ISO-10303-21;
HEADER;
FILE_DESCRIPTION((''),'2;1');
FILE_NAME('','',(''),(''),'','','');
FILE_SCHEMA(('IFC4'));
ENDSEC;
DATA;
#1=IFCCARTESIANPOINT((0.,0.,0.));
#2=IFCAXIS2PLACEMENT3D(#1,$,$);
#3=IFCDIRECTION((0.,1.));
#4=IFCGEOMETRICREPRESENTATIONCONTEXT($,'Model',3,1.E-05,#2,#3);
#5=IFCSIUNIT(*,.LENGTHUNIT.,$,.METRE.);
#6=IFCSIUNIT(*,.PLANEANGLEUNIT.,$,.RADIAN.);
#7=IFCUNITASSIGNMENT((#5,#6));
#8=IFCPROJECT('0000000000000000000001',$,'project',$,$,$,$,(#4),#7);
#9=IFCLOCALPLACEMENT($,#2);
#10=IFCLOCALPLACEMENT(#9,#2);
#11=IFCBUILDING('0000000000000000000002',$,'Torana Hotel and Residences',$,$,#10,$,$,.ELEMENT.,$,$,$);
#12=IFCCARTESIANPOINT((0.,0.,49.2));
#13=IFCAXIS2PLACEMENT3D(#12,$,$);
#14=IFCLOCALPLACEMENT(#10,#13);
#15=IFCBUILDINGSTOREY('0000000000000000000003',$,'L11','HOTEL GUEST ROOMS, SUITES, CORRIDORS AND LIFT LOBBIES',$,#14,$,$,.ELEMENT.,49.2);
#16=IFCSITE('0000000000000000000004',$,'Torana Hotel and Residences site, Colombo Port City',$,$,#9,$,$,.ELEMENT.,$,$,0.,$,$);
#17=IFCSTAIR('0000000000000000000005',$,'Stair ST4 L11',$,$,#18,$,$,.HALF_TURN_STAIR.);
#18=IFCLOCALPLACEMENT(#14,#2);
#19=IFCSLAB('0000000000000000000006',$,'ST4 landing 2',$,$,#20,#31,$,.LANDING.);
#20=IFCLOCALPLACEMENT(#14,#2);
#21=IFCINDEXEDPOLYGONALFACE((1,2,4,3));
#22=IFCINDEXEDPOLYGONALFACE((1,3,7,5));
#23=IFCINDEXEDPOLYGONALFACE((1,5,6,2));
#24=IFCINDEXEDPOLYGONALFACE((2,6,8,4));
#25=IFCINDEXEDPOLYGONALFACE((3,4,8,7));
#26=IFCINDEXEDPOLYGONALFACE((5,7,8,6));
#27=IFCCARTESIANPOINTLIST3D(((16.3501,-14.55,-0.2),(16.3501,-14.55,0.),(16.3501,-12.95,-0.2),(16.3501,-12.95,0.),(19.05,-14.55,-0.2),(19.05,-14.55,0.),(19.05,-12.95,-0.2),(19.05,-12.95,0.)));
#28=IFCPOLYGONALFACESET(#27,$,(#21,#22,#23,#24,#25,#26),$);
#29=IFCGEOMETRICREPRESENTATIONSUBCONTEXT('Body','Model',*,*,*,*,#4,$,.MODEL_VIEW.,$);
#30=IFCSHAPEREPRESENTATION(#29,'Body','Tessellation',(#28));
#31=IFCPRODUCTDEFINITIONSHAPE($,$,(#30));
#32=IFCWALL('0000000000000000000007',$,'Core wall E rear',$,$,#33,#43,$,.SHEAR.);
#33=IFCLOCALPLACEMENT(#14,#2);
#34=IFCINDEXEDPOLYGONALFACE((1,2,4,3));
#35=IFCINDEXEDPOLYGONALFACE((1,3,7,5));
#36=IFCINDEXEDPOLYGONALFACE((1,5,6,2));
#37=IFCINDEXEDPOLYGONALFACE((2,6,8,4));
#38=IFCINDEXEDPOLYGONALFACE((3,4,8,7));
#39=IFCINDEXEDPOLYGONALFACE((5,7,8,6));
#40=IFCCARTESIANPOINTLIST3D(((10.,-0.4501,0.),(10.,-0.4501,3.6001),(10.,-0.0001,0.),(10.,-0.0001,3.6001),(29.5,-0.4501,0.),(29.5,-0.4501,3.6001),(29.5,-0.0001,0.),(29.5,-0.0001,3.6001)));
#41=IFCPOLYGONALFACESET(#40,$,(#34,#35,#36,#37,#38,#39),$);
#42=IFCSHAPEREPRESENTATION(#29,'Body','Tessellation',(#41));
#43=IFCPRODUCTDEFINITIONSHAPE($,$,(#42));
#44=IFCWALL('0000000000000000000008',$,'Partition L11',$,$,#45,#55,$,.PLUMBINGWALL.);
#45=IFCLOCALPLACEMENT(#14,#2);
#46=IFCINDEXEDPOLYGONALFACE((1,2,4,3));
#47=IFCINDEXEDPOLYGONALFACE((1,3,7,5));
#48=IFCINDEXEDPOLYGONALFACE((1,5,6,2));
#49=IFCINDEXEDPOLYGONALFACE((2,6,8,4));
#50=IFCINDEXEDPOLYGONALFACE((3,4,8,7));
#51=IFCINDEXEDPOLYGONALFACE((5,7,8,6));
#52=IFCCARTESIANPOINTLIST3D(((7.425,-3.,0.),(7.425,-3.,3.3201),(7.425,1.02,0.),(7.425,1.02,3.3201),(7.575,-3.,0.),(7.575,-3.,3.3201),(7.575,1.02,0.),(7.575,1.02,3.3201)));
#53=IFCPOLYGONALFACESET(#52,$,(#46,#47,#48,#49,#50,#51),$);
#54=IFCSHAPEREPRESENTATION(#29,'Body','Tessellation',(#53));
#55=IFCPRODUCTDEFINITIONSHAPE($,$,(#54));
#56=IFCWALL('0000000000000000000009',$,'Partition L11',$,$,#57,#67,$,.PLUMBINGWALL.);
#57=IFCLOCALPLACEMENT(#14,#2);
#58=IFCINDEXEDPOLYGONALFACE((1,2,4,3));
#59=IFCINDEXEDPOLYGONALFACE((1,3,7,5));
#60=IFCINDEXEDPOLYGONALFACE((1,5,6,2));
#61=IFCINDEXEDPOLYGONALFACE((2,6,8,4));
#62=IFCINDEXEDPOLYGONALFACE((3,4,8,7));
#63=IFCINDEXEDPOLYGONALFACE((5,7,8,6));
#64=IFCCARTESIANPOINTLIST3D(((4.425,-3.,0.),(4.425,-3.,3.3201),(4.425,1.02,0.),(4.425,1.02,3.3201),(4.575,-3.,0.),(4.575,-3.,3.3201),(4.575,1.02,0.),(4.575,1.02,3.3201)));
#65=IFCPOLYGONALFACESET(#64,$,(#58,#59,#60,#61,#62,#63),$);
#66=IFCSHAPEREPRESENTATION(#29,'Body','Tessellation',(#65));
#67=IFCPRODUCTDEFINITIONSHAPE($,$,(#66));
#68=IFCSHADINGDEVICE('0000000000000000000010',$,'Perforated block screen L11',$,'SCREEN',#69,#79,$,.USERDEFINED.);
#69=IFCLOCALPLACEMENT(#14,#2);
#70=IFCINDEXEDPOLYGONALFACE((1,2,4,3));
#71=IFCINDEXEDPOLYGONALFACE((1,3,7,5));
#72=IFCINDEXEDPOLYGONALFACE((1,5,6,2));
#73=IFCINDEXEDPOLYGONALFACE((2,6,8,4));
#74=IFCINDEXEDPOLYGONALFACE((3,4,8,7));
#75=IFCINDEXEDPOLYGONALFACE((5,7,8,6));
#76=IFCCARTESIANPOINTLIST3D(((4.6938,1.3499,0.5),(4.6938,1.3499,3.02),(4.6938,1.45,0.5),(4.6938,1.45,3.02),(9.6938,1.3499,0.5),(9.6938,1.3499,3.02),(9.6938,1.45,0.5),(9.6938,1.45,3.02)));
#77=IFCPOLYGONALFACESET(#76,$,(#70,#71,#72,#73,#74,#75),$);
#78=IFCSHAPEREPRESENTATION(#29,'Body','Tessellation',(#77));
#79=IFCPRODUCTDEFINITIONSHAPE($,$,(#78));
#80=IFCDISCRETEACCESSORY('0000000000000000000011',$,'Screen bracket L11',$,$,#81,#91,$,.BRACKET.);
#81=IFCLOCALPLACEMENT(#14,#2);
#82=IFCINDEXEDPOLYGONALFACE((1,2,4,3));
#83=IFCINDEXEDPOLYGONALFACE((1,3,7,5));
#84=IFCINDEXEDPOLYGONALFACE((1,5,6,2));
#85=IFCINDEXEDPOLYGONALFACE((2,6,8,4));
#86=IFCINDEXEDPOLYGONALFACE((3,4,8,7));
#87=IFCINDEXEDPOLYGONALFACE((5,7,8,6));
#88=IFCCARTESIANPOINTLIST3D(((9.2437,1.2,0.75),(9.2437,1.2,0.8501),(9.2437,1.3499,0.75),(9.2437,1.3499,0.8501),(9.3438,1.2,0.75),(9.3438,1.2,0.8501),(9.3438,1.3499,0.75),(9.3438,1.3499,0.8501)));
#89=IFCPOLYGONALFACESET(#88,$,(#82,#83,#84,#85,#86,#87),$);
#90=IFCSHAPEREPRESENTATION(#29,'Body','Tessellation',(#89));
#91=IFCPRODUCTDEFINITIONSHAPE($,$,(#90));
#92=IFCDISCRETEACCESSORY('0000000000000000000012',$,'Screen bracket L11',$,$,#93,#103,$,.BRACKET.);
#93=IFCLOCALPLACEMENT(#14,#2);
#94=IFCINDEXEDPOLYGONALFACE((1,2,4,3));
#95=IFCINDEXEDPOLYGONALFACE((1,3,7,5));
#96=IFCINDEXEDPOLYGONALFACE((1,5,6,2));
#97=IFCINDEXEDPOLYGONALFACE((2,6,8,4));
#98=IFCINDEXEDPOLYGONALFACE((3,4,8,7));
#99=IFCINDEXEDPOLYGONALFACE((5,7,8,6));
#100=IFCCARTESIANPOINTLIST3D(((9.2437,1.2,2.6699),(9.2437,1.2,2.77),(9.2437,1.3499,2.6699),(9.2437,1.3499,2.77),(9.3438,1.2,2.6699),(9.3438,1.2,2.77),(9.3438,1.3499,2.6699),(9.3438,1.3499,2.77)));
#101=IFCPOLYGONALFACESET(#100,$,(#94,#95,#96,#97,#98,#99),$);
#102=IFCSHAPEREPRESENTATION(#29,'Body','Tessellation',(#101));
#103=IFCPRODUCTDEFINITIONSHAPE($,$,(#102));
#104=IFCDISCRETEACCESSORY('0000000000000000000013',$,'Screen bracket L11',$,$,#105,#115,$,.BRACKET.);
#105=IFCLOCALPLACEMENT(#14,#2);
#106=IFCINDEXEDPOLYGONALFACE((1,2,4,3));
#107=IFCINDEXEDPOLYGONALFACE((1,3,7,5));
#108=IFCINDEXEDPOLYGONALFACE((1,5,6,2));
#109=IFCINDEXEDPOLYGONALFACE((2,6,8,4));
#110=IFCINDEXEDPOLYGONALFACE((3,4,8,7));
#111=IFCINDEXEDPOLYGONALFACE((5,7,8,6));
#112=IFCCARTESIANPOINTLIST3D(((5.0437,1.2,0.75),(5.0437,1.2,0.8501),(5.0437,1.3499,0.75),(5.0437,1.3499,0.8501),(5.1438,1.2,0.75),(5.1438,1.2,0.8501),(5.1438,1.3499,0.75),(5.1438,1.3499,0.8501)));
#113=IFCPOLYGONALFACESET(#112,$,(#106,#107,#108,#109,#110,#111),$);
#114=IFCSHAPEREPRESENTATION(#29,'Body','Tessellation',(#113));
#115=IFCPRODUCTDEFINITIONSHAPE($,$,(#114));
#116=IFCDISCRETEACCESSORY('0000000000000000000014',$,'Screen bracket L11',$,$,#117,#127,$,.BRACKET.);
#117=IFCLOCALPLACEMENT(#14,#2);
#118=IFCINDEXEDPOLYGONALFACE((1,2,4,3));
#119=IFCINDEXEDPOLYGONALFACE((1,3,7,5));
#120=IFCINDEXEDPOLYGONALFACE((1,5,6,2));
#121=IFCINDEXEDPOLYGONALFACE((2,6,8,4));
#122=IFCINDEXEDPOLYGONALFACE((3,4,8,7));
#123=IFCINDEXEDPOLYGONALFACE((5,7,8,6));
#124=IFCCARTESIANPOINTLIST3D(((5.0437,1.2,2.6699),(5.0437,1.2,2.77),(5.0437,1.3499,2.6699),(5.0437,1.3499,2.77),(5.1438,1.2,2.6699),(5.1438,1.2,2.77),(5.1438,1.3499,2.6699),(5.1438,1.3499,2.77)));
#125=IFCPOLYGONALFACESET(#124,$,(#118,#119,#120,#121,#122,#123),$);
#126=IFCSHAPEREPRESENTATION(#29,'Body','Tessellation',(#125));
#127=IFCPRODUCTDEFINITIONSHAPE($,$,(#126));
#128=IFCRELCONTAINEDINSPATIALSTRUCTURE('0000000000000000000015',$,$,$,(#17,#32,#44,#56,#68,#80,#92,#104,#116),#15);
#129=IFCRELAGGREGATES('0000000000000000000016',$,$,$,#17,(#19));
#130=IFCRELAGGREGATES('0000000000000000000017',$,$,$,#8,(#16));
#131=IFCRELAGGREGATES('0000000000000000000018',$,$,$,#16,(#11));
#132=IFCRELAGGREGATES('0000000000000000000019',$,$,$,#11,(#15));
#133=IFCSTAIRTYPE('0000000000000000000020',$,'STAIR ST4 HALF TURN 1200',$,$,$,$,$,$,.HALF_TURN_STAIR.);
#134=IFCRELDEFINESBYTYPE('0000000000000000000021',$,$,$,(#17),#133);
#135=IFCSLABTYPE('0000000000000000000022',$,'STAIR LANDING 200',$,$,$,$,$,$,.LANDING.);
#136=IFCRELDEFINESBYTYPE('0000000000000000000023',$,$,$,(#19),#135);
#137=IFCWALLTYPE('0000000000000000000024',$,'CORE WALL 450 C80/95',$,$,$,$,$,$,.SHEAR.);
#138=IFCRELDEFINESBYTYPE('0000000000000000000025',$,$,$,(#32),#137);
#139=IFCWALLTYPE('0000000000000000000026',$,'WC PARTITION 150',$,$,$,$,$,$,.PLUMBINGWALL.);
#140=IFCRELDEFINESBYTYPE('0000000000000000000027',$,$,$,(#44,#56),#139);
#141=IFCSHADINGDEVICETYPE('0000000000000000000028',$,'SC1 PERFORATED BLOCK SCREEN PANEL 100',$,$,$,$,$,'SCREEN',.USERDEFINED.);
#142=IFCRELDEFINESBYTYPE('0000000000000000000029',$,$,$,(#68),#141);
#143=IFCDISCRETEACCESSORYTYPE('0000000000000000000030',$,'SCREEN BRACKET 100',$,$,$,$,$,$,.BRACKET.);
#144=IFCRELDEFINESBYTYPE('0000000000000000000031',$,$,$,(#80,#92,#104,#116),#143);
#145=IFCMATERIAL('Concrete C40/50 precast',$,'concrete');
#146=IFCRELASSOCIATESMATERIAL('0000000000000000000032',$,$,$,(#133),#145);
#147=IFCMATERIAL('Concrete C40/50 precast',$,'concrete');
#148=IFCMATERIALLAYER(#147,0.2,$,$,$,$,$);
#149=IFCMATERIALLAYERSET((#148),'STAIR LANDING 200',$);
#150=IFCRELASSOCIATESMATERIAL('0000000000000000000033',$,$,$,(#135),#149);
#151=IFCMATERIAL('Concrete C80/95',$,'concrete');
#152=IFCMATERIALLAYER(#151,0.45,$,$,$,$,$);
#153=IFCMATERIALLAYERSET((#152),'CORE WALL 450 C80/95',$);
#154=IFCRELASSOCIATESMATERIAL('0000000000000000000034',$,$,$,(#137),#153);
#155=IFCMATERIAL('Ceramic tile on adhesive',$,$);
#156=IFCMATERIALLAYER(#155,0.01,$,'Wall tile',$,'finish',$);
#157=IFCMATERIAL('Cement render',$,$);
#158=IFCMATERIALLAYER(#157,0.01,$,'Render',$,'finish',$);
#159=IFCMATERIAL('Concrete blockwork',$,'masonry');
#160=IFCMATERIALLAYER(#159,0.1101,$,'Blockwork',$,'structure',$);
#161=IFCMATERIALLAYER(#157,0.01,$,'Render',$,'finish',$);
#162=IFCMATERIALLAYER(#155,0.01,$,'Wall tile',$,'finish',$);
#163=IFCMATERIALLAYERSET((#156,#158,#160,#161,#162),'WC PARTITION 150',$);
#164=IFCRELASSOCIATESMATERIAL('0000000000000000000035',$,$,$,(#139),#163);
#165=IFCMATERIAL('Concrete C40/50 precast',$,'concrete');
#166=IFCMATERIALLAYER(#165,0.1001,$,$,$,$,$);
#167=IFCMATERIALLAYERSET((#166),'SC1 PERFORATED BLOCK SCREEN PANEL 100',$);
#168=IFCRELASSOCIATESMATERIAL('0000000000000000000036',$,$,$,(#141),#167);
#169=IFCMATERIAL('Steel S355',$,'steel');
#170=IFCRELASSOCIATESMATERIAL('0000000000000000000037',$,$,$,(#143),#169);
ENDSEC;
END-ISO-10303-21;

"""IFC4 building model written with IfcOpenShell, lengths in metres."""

from ifc_helpers import new_model, si_unit, direction, frame, frame_2d, origin, origin_2d, place, context, subcontext, project, spatial, polyline, rectangle, outline, extrude, material, layer, layer_set, type_object, element, aggregate, save


model = new_model("IFC4")

# Units and contexts
model_context = context("Model", 3, precision=1e-05, world=origin(), true_north=direction((0.0, 1.0)))
body_context = subcontext(model_context, "Body", "Model", "MODEL_VIEW")
ifc_project = project(units=[si_unit("LENGTHUNIT", "METRE"), si_unit("PLANEANGLEUNIT", "RADIAN")], contexts=[model_context])

# Site, building, storey
site_placement = place(None, origin())
site = spatial("IfcSite", under=ifc_project, at=site_placement, Name="Torana Hotel and Residences site, Colombo Port City", CompositionType="ELEMENT", RefElevation=0.0)
building_placement = place(site_placement, origin())
building = spatial("IfcBuilding", under=site, at=building_placement, Name="Torana Hotel and Residences", CompositionType="ELEMENT")
storey_placement = place(building_placement, frame((0.0, 0.0, 49.2)))
storey = spatial("IfcBuildingStorey", under=building, at=storey_placement, Name="L11", Description="HOTEL GUEST ROOMS, SUITES, CORRIDORS AND LIFT LOBBIES", CompositionType="ELEMENT", Elevation=49.2)

# Stair, slab
ifc_material_1 = material(Name="Concrete C40/50 precast", Category="concrete")
stair_type = type_object("IfcStairType", Name="STAIR ST4 HALF TURN 1200", PredefinedType="HALF_TURN_STAIR", material=ifc_material_1)
stair_placement = place(storey_placement, origin())
stair = element("IfcStair", 1, at=stair_placement, inside=storey, type_object=stair_type, Name="Stair ST4 L11", PredefinedType="HALF_TURN_STAIR")
ifc_material_2 = material(Name="Concrete C40/50 precast", Category="concrete")
ifc_layer_1 = layer(ifc_material_2, 0.2)
ifc_layer_set_1 = layer_set([ifc_layer_1], Name="STAIR LANDING 200")
slab_type = type_object("IfcSlabType", Name="STAIR LANDING 200", PredefinedType="LANDING", material=ifc_layer_set_1)
slab_placement = place(storey_placement, frame((0.0, 0.0, -0.2)))
slab = element("IfcSlab", 2, at=slab_placement, type_object=slab_type, Name="ST4 landing 2", PredefinedType="LANDING", context=body_context, shape_type="SweptSolid", body=[
    extrude(outline(polyline([(16.3501, -14.55), (19.05, -14.55), (19.05, -12.95), (16.3501, -12.95), (16.3501, -14.55)])), origin(), (0.0, 0.0, 1.0), 0.2),
])
aggregate(stair, [slab])

# Walls
ifc_material_3 = material(Name="Concrete C80/95", Category="concrete")
ifc_layer_2 = layer(ifc_material_3, 0.45)
ifc_layer_set_2 = layer_set([ifc_layer_2], Name="CORE WALL 450 C80/95")
wall_type_1 = type_object("IfcWallType", Name="CORE WALL 450 C80/95", PredefinedType="SHEAR", material=ifc_layer_set_2)
wall_placement = place(storey_placement, frame((10.0, -0.2251, 0.0), z_axis=(0.0, 0.0, 1.0), x_axis=(1.0, 0.0, 0.0)))
element("IfcWall", 3, at=wall_placement, inside=storey, type_object=wall_type_1, Name="Core wall E rear", PredefinedType="SHEAR", context=body_context, shape_type="SweptSolid", body=[
    extrude(rectangle(XDim=19.5, YDim=0.45, at=frame_2d((9.75, 0.0))), origin(), (0.0, 0.0, 1.0), 3.6001),
])
ifc_material_4 = material(Name="Ceramic tile on adhesive")
ifc_layer_3 = layer(ifc_material_4, 0.01, Name="Wall tile", Category="finish")
ifc_material_5 = material(Name="Cement render")
ifc_layer_4 = layer(ifc_material_5, 0.01, Name="Render", Category="finish")
ifc_material_6 = material(Name="Concrete blockwork", Category="masonry")
ifc_layer_5 = layer(ifc_material_6, 0.1101, Name="Blockwork", Category="structure")
ifc_layer_6 = layer(ifc_material_5, 0.01, Name="Render", Category="finish")
ifc_layer_7 = layer(ifc_material_4, 0.01, Name="Wall tile", Category="finish")
ifc_layer_set_3 = layer_set([ifc_layer_3, ifc_layer_4, ifc_layer_5, ifc_layer_6, ifc_layer_7], Name="WC PARTITION 150")
wall_type_2 = type_object("IfcWallType", Name="WC PARTITION 150", PredefinedType="PLUMBINGWALL", material=ifc_layer_set_3)
for number, where, z_axis, x_axis, name in (
    (4, (7.5, -3.0, 0.0), (0.0, 0.0, 1.0), (0.0, 1.0, 0.0), "Partition L11"),
    (5, (4.5, -3.0, 0.0), (0.0, 0.0, 1.0), (0.0, 1.0, 0.0), "Partition L11"),
):
    element("IfcWall", number, at=place(storey_placement, frame(where, z_axis=z_axis, x_axis=x_axis)), inside=storey, type_object=wall_type_2, Name=name, PredefinedType="PLUMBINGWALL", context=body_context, shape_type="SweptSolid", body=[
        extrude(rectangle(XDim=4.02, YDim=0.1499, at=frame_2d((2.01, 0.0))), origin(), (0.0, 0.0, 1.0), 3.3201),
    ])

# Shading device
ifc_material_7 = material(Name="Concrete C40/50 precast", Category="concrete")
ifc_layer_8 = layer(ifc_material_7, 0.1001)
ifc_layer_set_4 = layer_set([ifc_layer_8], Name="SC1 PERFORATED BLOCK SCREEN PANEL 100")
shading_device_type = type_object("IfcShadingDeviceType", Name="SC1 PERFORATED BLOCK SCREEN PANEL 100", ElementType="SCREEN", PredefinedType="USERDEFINED", material=ifc_layer_set_4)
shading_device_placement = place(storey_placement, frame((7.1938, 1.3999, 0.5), z_axis=(0.0, 0.0, 1.0), x_axis=(-1.0, 0.0, 0.0)))
element("IfcShadingDevice", 6, at=shading_device_placement, inside=storey, type_object=shading_device_type, Name="Perforated block screen L11", ObjectType="SCREEN", PredefinedType="USERDEFINED", context=body_context, shape_type="SweptSolid", body=[
    extrude(rectangle(XDim=5.0, YDim=0.1001, at=origin_2d()), origin(), (0.0, 0.0, 1.0), 2.52),
])

# Discrete accessories
ifc_material_8 = material(Name="Steel S355", Category="steel")
discrete_accessory_type = type_object("IfcDiscreteAccessoryType", Name="SCREEN BRACKET 100", PredefinedType="BRACKET", material=ifc_material_8)
for number, where, z_axis, x_axis, name in (
    (7, (9.2937, 1.2749, 0.75), (0.0, 0.0, 1.0), (-1.0, 0.0, 0.0), "Screen bracket L11"),
    (8, (9.2937, 1.2749, 2.6699), (0.0, 0.0, 1.0), (-1.0, 0.0, 0.0), "Screen bracket L11"),
    (9, (5.0938, 1.2749, 0.75), (0.0, 0.0, 1.0), (-1.0, 0.0, 0.0), "Screen bracket L11"),
    (10, (5.0938, 1.2749, 2.6699), (0.0, 0.0, 1.0), (-1.0, 0.0, 0.0), "Screen bracket L11"),
):
    element("IfcDiscreteAccessory", number, at=place(storey_placement, frame(where, z_axis=z_axis, x_axis=x_axis)), inside=storey, type_object=discrete_accessory_type, Name=name, PredefinedType="BRACKET", context=body_context, shape_type="SweptSolid", body=[
        extrude(rectangle(XDim=0.1001, YDim=0.1499, at=origin_2d()), origin(), (0.0, 0.0, 1.0), 0.1001),
    ])

save(model, "model.ifc")
